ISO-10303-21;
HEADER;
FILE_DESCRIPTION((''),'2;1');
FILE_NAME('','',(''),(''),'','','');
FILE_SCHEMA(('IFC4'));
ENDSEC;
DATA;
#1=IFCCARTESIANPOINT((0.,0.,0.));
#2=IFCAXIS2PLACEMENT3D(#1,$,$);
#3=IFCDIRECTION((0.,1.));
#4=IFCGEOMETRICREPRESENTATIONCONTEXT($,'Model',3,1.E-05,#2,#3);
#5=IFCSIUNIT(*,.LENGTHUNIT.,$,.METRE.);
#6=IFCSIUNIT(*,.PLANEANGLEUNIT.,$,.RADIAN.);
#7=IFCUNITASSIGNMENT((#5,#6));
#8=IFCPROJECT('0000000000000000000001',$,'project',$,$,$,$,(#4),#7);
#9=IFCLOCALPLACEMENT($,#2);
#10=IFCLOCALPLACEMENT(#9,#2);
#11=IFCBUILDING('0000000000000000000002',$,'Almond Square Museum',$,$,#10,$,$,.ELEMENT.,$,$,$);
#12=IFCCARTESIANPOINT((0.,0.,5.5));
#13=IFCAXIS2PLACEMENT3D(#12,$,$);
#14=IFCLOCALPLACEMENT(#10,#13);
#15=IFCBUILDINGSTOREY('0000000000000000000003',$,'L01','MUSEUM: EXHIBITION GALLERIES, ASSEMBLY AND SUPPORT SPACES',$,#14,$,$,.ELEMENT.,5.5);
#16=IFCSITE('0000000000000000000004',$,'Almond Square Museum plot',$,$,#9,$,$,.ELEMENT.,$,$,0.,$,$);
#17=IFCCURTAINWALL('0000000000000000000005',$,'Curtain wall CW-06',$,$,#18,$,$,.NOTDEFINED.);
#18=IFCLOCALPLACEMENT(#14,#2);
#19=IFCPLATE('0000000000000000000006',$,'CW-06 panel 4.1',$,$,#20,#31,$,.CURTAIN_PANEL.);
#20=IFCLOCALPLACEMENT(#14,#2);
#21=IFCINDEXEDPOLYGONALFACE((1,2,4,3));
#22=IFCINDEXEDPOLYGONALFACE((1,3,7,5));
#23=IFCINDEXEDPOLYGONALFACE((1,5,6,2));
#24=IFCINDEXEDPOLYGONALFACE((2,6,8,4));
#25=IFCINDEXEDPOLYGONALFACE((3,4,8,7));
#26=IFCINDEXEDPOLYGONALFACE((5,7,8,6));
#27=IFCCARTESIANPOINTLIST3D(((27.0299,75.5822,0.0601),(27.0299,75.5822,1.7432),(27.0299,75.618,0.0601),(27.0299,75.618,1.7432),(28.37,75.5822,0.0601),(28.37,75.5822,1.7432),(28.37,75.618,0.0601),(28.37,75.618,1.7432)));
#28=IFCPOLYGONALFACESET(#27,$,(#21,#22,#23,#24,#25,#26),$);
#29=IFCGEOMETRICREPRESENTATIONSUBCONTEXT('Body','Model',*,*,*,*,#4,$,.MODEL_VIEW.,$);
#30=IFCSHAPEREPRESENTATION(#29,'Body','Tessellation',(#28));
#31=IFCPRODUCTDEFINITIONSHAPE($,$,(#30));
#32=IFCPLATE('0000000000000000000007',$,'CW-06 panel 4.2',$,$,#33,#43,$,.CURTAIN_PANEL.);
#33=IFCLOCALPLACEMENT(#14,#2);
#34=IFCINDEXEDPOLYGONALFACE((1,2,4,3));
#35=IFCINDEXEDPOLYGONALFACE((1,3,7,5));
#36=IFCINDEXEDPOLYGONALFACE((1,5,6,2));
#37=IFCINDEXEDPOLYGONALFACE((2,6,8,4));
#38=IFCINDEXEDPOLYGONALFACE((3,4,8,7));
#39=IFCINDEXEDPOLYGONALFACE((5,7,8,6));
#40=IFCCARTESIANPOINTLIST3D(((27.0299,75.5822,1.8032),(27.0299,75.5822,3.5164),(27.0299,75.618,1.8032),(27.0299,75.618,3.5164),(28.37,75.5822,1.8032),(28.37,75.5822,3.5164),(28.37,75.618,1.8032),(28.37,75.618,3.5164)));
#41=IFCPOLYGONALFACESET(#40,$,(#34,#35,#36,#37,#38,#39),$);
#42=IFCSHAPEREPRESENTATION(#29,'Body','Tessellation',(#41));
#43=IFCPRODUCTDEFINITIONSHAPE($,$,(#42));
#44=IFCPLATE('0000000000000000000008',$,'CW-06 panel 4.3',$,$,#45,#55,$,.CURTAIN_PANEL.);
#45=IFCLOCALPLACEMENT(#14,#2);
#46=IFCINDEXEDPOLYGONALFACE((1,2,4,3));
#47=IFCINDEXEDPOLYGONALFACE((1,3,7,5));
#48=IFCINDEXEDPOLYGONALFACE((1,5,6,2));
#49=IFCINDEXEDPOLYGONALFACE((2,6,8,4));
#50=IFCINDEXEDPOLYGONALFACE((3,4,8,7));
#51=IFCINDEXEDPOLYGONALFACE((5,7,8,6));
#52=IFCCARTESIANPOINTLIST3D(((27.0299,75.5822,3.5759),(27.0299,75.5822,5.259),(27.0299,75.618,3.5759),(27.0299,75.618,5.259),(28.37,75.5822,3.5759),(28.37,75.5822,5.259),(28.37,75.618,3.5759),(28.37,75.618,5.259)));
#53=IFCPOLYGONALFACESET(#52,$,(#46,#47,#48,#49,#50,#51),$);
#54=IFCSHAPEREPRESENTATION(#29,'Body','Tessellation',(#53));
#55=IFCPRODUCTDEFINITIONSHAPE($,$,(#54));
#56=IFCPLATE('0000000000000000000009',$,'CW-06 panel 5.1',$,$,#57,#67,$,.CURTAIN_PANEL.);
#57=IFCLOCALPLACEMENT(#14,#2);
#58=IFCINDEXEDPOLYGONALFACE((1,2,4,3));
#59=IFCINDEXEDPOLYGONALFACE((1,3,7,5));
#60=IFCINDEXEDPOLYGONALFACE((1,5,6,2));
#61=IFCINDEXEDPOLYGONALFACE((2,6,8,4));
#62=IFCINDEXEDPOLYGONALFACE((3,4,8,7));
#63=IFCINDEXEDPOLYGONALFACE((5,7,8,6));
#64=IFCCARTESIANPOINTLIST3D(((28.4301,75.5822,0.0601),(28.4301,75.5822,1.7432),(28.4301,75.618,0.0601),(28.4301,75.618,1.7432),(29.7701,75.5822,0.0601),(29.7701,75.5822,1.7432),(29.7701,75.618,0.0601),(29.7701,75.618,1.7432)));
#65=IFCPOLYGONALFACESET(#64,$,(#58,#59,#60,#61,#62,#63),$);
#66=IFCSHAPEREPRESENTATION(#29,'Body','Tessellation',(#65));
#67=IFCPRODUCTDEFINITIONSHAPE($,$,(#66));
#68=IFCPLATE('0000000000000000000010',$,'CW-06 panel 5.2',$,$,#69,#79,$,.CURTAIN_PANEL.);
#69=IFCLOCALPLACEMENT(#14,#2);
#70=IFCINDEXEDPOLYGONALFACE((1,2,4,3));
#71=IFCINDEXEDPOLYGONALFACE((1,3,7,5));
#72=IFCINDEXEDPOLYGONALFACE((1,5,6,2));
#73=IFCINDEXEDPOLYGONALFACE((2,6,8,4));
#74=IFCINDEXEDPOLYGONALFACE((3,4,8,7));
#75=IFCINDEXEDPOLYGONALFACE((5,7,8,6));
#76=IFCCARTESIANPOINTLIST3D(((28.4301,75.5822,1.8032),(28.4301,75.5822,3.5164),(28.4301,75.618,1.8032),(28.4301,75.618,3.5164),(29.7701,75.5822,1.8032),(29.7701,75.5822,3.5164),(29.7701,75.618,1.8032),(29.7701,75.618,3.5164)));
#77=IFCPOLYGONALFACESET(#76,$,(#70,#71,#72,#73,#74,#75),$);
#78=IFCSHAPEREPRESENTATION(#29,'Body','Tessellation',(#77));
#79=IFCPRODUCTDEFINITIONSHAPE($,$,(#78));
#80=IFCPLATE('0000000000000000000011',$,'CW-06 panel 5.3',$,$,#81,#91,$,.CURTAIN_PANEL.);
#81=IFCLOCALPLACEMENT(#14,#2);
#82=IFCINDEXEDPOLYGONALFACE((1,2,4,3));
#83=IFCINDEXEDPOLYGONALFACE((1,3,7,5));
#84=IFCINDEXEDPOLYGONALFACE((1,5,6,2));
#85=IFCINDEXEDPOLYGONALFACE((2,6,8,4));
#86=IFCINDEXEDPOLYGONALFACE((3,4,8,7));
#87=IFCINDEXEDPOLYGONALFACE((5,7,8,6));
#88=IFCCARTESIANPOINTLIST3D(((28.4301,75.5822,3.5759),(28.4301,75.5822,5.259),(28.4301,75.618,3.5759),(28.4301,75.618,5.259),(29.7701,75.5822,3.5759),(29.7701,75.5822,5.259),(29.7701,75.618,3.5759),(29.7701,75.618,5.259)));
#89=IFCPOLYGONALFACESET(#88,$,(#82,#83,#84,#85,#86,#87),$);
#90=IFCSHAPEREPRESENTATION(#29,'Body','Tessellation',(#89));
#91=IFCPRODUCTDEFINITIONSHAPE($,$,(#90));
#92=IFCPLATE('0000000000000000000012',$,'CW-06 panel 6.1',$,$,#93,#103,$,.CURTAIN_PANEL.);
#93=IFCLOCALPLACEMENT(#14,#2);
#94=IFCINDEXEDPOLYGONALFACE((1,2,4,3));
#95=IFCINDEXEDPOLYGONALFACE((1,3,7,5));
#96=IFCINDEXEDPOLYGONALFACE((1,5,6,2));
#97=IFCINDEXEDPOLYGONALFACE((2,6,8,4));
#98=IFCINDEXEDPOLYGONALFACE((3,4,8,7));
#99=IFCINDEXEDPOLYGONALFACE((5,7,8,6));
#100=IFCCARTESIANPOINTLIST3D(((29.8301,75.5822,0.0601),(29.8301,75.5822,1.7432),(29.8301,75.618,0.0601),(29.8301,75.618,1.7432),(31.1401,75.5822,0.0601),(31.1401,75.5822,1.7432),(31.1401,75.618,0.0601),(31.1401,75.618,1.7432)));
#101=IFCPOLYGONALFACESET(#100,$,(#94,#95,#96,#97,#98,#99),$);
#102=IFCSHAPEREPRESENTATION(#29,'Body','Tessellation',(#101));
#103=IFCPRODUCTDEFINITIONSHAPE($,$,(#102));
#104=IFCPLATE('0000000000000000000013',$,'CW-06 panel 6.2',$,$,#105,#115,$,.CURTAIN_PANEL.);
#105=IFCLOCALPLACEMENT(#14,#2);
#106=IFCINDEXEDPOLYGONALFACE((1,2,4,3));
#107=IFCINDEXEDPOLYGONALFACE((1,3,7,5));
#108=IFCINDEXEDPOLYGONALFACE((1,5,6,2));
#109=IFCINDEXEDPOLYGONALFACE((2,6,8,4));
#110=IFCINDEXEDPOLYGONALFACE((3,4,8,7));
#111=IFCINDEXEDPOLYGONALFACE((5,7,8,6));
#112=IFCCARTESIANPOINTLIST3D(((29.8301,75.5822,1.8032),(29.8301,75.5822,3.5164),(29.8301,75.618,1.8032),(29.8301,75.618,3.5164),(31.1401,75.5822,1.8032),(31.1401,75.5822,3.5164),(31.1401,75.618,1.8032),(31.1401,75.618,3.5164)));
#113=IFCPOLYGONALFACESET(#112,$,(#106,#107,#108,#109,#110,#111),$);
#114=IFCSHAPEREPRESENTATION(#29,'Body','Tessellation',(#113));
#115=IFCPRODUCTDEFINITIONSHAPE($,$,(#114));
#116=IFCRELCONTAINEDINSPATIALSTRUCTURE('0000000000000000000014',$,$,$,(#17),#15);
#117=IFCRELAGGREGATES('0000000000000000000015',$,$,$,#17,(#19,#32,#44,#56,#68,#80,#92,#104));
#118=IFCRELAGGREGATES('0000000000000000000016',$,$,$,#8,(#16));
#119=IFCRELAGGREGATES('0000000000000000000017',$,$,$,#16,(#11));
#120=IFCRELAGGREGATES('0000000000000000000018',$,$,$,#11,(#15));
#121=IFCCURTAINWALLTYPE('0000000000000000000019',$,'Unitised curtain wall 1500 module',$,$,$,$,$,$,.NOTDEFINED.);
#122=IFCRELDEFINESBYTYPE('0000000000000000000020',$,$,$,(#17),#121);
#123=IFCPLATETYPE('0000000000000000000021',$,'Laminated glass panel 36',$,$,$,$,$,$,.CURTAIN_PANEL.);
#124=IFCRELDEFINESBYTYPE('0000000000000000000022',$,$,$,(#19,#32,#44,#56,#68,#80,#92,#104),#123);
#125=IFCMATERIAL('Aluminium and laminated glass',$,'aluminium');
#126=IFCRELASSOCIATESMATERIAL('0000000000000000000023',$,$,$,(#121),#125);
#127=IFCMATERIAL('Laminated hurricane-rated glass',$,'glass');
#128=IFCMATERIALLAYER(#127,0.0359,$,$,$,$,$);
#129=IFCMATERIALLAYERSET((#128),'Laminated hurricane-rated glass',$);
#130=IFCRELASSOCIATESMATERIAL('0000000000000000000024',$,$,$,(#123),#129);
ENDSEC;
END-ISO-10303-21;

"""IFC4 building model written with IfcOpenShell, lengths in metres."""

from ifc_helpers import new_model, si_unit, direction, frame, origin, origin_2d, place, context, subcontext, project, spatial, rectangle, extrude, material, layer, layer_set, type_object, element, aggregate, save


model = new_model("IFC4")

# Units and contexts
model_context = context("Model", 3, precision=1e-05, world=origin(), true_north=direction((0.0, 1.0)))
body_context = subcontext(model_context, "Body", "Model", "MODEL_VIEW")
ifc_project = project(units=[si_unit("LENGTHUNIT", "METRE"), si_unit("PLANEANGLEUNIT", "RADIAN")], contexts=[model_context])

# Site, building, storey
site_placement = place(None, origin())
site = spatial("IfcSite", under=ifc_project, at=site_placement, Name="Almond Square Museum plot", CompositionType="ELEMENT", RefElevation=0.0)
building_placement = place(site_placement, origin())
building = spatial("IfcBuilding", under=site, at=building_placement, Name="Almond Square Museum", CompositionType="ELEMENT")
storey_placement = place(building_placement, frame((0.0, 0.0, 5.5)))
storey = spatial("IfcBuildingStorey", under=building, at=storey_placement, Name="L01", Description="MUSEUM: EXHIBITION GALLERIES, ASSEMBLY AND SUPPORT SPACES", CompositionType="ELEMENT", Elevation=5.5)

# Curtain wall, plates
ifc_material_1 = material(Name="Aluminium and laminated glass", Category="aluminium")
curtain_wall_type = type_object("IfcCurtainWallType", Name="Unitised curtain wall 1500 module", PredefinedType="NOTDEFINED", material=ifc_material_1)
curtain_wall_placement = place(storey_placement, origin())
curtain_wall = element("IfcCurtainWall", 1, at=curtain_wall_placement, inside=storey, type_object=curtain_wall_type, Name="Curtain wall CW-06", PredefinedType="NOTDEFINED")
ifc_material_2 = material(Name="Laminated hurricane-rated glass", Category="glass")
ifc_layer = layer(ifc_material_2, 0.0359)
ifc_layer_set = layer_set([ifc_layer], Name="Laminated hurricane-rated glass")
plate_type = type_object("IfcPlateType", Name="Laminated glass panel 36", PredefinedType="CURTAIN_PANEL", material=ifc_layer_set)
plate_1_placement = place(storey_placement, frame((27.7, 75.6001, 0.0601), z_axis=(0.0, 0.0, 1.0), x_axis=(1.0, 0.0, 0.0)))
plate_1 = element("IfcPlate", 2, at=plate_1_placement, type_object=plate_type, Name="CW-06 panel 4.1", PredefinedType="CURTAIN_PANEL", context=body_context, shape_type="SweptSolid", body=[
    extrude(rectangle(XDim=1.3401, YDim=0.0359, at=origin_2d()), origin(), (0.0, 0.0, 1.0), 1.6831),
])
plate_2_placement = place(storey_placement, frame((27.7, 75.6001, 1.8032), z_axis=(0.0, 0.0, 1.0), x_axis=(1.0, 0.0, 0.0)))
plate_2 = element("IfcPlate", 3, at=plate_2_placement, type_object=plate_type, Name="CW-06 panel 4.2", PredefinedType="CURTAIN_PANEL", context=body_context, shape_type="SweptSolid", body=[
    extrude(rectangle(XDim=1.3401, YDim=0.0359, at=origin_2d()), origin(), (0.0, 0.0, 1.0), 1.7131),
])
plate_3_placement = place(storey_placement, frame((27.7, 75.6001, 3.5759), z_axis=(0.0, 0.0, 1.0), x_axis=(1.0, 0.0, 0.0)))
plate_3 = element("IfcPlate", 4, at=plate_3_placement, type_object=plate_type, Name="CW-06 panel 4.3", PredefinedType="CURTAIN_PANEL", context=body_context, shape_type="SweptSolid", body=[
    extrude(rectangle(XDim=1.3401, YDim=0.0359, at=origin_2d()), origin(), (0.0, 0.0, 1.0), 1.6831),
])
plate_4_placement = place(storey_placement, frame((29.1001, 75.6001, 0.0601), z_axis=(0.0, 0.0, 1.0), x_axis=(1.0, 0.0, 0.0)))
plate_4 = element("IfcPlate", 5, at=plate_4_placement, type_object=plate_type, Name="CW-06 panel 5.1", PredefinedType="CURTAIN_PANEL", context=body_context, shape_type="SweptSolid", body=[
    extrude(rectangle(XDim=1.3401, YDim=0.0359, at=origin_2d()), origin(), (0.0, 0.0, 1.0), 1.6831),
])
plate_5_placement = place(storey_placement, frame((29.1001, 75.6001, 1.8032), z_axis=(0.0, 0.0, 1.0), x_axis=(1.0, 0.0, 0.0)))
plate_5 = element("IfcPlate", 6, at=plate_5_placement, type_object=plate_type, Name="CW-06 panel 5.2", PredefinedType="CURTAIN_PANEL", context=body_context, shape_type="SweptSolid", body=[
    extrude(rectangle(XDim=1.3401, YDim=0.0359, at=origin_2d()), origin(), (0.0, 0.0, 1.0), 1.7131),
])
plate_6_placement = place(storey_placement, frame((29.1001, 75.6001, 3.5759), z_axis=(0.0, 0.0, 1.0), x_axis=(1.0, 0.0, 0.0)))
plate_6 = element("IfcPlate", 7, at=plate_6_placement, type_object=plate_type, Name="CW-06 panel 5.3", PredefinedType="CURTAIN_PANEL", context=body_context, shape_type="SweptSolid", body=[
    extrude(rectangle(XDim=1.3401, YDim=0.0359, at=origin_2d()), origin(), (0.0, 0.0, 1.0), 1.6831),
])
plate_7_placement = place(storey_placement, frame((30.4851, 75.6001, 0.0601), z_axis=(0.0, 0.0, 1.0), x_axis=(1.0, 0.0, 0.0)))
plate_7 = element("IfcPlate", 8, at=plate_7_placement, type_object=plate_type, Name="CW-06 panel 6.1", PredefinedType="CURTAIN_PANEL", context=body_context, shape_type="SweptSolid", body=[
    extrude(rectangle(XDim=1.3101, YDim=0.0359, at=origin_2d()), origin(), (0.0, 0.0, 1.0), 1.6831),
])
plate_8_placement = place(storey_placement, frame((30.4851, 75.6001, 1.8032), z_axis=(0.0, 0.0, 1.0), x_axis=(1.0, 0.0, 0.0)))
plate_8 = element("IfcPlate", 9, at=plate_8_placement, type_object=plate_type, Name="CW-06 panel 6.2", PredefinedType="CURTAIN_PANEL", context=body_context, shape_type="SweptSolid", body=[
    extrude(rectangle(XDim=1.3101, YDim=0.0359, at=origin_2d()), origin(), (0.0, 0.0, 1.0), 1.7131),
])
aggregate(curtain_wall, [plate_1, plate_2, plate_3, plate_4, plate_5, plate_6, plate_7, plate_8])

save(model, "model.ifc")
